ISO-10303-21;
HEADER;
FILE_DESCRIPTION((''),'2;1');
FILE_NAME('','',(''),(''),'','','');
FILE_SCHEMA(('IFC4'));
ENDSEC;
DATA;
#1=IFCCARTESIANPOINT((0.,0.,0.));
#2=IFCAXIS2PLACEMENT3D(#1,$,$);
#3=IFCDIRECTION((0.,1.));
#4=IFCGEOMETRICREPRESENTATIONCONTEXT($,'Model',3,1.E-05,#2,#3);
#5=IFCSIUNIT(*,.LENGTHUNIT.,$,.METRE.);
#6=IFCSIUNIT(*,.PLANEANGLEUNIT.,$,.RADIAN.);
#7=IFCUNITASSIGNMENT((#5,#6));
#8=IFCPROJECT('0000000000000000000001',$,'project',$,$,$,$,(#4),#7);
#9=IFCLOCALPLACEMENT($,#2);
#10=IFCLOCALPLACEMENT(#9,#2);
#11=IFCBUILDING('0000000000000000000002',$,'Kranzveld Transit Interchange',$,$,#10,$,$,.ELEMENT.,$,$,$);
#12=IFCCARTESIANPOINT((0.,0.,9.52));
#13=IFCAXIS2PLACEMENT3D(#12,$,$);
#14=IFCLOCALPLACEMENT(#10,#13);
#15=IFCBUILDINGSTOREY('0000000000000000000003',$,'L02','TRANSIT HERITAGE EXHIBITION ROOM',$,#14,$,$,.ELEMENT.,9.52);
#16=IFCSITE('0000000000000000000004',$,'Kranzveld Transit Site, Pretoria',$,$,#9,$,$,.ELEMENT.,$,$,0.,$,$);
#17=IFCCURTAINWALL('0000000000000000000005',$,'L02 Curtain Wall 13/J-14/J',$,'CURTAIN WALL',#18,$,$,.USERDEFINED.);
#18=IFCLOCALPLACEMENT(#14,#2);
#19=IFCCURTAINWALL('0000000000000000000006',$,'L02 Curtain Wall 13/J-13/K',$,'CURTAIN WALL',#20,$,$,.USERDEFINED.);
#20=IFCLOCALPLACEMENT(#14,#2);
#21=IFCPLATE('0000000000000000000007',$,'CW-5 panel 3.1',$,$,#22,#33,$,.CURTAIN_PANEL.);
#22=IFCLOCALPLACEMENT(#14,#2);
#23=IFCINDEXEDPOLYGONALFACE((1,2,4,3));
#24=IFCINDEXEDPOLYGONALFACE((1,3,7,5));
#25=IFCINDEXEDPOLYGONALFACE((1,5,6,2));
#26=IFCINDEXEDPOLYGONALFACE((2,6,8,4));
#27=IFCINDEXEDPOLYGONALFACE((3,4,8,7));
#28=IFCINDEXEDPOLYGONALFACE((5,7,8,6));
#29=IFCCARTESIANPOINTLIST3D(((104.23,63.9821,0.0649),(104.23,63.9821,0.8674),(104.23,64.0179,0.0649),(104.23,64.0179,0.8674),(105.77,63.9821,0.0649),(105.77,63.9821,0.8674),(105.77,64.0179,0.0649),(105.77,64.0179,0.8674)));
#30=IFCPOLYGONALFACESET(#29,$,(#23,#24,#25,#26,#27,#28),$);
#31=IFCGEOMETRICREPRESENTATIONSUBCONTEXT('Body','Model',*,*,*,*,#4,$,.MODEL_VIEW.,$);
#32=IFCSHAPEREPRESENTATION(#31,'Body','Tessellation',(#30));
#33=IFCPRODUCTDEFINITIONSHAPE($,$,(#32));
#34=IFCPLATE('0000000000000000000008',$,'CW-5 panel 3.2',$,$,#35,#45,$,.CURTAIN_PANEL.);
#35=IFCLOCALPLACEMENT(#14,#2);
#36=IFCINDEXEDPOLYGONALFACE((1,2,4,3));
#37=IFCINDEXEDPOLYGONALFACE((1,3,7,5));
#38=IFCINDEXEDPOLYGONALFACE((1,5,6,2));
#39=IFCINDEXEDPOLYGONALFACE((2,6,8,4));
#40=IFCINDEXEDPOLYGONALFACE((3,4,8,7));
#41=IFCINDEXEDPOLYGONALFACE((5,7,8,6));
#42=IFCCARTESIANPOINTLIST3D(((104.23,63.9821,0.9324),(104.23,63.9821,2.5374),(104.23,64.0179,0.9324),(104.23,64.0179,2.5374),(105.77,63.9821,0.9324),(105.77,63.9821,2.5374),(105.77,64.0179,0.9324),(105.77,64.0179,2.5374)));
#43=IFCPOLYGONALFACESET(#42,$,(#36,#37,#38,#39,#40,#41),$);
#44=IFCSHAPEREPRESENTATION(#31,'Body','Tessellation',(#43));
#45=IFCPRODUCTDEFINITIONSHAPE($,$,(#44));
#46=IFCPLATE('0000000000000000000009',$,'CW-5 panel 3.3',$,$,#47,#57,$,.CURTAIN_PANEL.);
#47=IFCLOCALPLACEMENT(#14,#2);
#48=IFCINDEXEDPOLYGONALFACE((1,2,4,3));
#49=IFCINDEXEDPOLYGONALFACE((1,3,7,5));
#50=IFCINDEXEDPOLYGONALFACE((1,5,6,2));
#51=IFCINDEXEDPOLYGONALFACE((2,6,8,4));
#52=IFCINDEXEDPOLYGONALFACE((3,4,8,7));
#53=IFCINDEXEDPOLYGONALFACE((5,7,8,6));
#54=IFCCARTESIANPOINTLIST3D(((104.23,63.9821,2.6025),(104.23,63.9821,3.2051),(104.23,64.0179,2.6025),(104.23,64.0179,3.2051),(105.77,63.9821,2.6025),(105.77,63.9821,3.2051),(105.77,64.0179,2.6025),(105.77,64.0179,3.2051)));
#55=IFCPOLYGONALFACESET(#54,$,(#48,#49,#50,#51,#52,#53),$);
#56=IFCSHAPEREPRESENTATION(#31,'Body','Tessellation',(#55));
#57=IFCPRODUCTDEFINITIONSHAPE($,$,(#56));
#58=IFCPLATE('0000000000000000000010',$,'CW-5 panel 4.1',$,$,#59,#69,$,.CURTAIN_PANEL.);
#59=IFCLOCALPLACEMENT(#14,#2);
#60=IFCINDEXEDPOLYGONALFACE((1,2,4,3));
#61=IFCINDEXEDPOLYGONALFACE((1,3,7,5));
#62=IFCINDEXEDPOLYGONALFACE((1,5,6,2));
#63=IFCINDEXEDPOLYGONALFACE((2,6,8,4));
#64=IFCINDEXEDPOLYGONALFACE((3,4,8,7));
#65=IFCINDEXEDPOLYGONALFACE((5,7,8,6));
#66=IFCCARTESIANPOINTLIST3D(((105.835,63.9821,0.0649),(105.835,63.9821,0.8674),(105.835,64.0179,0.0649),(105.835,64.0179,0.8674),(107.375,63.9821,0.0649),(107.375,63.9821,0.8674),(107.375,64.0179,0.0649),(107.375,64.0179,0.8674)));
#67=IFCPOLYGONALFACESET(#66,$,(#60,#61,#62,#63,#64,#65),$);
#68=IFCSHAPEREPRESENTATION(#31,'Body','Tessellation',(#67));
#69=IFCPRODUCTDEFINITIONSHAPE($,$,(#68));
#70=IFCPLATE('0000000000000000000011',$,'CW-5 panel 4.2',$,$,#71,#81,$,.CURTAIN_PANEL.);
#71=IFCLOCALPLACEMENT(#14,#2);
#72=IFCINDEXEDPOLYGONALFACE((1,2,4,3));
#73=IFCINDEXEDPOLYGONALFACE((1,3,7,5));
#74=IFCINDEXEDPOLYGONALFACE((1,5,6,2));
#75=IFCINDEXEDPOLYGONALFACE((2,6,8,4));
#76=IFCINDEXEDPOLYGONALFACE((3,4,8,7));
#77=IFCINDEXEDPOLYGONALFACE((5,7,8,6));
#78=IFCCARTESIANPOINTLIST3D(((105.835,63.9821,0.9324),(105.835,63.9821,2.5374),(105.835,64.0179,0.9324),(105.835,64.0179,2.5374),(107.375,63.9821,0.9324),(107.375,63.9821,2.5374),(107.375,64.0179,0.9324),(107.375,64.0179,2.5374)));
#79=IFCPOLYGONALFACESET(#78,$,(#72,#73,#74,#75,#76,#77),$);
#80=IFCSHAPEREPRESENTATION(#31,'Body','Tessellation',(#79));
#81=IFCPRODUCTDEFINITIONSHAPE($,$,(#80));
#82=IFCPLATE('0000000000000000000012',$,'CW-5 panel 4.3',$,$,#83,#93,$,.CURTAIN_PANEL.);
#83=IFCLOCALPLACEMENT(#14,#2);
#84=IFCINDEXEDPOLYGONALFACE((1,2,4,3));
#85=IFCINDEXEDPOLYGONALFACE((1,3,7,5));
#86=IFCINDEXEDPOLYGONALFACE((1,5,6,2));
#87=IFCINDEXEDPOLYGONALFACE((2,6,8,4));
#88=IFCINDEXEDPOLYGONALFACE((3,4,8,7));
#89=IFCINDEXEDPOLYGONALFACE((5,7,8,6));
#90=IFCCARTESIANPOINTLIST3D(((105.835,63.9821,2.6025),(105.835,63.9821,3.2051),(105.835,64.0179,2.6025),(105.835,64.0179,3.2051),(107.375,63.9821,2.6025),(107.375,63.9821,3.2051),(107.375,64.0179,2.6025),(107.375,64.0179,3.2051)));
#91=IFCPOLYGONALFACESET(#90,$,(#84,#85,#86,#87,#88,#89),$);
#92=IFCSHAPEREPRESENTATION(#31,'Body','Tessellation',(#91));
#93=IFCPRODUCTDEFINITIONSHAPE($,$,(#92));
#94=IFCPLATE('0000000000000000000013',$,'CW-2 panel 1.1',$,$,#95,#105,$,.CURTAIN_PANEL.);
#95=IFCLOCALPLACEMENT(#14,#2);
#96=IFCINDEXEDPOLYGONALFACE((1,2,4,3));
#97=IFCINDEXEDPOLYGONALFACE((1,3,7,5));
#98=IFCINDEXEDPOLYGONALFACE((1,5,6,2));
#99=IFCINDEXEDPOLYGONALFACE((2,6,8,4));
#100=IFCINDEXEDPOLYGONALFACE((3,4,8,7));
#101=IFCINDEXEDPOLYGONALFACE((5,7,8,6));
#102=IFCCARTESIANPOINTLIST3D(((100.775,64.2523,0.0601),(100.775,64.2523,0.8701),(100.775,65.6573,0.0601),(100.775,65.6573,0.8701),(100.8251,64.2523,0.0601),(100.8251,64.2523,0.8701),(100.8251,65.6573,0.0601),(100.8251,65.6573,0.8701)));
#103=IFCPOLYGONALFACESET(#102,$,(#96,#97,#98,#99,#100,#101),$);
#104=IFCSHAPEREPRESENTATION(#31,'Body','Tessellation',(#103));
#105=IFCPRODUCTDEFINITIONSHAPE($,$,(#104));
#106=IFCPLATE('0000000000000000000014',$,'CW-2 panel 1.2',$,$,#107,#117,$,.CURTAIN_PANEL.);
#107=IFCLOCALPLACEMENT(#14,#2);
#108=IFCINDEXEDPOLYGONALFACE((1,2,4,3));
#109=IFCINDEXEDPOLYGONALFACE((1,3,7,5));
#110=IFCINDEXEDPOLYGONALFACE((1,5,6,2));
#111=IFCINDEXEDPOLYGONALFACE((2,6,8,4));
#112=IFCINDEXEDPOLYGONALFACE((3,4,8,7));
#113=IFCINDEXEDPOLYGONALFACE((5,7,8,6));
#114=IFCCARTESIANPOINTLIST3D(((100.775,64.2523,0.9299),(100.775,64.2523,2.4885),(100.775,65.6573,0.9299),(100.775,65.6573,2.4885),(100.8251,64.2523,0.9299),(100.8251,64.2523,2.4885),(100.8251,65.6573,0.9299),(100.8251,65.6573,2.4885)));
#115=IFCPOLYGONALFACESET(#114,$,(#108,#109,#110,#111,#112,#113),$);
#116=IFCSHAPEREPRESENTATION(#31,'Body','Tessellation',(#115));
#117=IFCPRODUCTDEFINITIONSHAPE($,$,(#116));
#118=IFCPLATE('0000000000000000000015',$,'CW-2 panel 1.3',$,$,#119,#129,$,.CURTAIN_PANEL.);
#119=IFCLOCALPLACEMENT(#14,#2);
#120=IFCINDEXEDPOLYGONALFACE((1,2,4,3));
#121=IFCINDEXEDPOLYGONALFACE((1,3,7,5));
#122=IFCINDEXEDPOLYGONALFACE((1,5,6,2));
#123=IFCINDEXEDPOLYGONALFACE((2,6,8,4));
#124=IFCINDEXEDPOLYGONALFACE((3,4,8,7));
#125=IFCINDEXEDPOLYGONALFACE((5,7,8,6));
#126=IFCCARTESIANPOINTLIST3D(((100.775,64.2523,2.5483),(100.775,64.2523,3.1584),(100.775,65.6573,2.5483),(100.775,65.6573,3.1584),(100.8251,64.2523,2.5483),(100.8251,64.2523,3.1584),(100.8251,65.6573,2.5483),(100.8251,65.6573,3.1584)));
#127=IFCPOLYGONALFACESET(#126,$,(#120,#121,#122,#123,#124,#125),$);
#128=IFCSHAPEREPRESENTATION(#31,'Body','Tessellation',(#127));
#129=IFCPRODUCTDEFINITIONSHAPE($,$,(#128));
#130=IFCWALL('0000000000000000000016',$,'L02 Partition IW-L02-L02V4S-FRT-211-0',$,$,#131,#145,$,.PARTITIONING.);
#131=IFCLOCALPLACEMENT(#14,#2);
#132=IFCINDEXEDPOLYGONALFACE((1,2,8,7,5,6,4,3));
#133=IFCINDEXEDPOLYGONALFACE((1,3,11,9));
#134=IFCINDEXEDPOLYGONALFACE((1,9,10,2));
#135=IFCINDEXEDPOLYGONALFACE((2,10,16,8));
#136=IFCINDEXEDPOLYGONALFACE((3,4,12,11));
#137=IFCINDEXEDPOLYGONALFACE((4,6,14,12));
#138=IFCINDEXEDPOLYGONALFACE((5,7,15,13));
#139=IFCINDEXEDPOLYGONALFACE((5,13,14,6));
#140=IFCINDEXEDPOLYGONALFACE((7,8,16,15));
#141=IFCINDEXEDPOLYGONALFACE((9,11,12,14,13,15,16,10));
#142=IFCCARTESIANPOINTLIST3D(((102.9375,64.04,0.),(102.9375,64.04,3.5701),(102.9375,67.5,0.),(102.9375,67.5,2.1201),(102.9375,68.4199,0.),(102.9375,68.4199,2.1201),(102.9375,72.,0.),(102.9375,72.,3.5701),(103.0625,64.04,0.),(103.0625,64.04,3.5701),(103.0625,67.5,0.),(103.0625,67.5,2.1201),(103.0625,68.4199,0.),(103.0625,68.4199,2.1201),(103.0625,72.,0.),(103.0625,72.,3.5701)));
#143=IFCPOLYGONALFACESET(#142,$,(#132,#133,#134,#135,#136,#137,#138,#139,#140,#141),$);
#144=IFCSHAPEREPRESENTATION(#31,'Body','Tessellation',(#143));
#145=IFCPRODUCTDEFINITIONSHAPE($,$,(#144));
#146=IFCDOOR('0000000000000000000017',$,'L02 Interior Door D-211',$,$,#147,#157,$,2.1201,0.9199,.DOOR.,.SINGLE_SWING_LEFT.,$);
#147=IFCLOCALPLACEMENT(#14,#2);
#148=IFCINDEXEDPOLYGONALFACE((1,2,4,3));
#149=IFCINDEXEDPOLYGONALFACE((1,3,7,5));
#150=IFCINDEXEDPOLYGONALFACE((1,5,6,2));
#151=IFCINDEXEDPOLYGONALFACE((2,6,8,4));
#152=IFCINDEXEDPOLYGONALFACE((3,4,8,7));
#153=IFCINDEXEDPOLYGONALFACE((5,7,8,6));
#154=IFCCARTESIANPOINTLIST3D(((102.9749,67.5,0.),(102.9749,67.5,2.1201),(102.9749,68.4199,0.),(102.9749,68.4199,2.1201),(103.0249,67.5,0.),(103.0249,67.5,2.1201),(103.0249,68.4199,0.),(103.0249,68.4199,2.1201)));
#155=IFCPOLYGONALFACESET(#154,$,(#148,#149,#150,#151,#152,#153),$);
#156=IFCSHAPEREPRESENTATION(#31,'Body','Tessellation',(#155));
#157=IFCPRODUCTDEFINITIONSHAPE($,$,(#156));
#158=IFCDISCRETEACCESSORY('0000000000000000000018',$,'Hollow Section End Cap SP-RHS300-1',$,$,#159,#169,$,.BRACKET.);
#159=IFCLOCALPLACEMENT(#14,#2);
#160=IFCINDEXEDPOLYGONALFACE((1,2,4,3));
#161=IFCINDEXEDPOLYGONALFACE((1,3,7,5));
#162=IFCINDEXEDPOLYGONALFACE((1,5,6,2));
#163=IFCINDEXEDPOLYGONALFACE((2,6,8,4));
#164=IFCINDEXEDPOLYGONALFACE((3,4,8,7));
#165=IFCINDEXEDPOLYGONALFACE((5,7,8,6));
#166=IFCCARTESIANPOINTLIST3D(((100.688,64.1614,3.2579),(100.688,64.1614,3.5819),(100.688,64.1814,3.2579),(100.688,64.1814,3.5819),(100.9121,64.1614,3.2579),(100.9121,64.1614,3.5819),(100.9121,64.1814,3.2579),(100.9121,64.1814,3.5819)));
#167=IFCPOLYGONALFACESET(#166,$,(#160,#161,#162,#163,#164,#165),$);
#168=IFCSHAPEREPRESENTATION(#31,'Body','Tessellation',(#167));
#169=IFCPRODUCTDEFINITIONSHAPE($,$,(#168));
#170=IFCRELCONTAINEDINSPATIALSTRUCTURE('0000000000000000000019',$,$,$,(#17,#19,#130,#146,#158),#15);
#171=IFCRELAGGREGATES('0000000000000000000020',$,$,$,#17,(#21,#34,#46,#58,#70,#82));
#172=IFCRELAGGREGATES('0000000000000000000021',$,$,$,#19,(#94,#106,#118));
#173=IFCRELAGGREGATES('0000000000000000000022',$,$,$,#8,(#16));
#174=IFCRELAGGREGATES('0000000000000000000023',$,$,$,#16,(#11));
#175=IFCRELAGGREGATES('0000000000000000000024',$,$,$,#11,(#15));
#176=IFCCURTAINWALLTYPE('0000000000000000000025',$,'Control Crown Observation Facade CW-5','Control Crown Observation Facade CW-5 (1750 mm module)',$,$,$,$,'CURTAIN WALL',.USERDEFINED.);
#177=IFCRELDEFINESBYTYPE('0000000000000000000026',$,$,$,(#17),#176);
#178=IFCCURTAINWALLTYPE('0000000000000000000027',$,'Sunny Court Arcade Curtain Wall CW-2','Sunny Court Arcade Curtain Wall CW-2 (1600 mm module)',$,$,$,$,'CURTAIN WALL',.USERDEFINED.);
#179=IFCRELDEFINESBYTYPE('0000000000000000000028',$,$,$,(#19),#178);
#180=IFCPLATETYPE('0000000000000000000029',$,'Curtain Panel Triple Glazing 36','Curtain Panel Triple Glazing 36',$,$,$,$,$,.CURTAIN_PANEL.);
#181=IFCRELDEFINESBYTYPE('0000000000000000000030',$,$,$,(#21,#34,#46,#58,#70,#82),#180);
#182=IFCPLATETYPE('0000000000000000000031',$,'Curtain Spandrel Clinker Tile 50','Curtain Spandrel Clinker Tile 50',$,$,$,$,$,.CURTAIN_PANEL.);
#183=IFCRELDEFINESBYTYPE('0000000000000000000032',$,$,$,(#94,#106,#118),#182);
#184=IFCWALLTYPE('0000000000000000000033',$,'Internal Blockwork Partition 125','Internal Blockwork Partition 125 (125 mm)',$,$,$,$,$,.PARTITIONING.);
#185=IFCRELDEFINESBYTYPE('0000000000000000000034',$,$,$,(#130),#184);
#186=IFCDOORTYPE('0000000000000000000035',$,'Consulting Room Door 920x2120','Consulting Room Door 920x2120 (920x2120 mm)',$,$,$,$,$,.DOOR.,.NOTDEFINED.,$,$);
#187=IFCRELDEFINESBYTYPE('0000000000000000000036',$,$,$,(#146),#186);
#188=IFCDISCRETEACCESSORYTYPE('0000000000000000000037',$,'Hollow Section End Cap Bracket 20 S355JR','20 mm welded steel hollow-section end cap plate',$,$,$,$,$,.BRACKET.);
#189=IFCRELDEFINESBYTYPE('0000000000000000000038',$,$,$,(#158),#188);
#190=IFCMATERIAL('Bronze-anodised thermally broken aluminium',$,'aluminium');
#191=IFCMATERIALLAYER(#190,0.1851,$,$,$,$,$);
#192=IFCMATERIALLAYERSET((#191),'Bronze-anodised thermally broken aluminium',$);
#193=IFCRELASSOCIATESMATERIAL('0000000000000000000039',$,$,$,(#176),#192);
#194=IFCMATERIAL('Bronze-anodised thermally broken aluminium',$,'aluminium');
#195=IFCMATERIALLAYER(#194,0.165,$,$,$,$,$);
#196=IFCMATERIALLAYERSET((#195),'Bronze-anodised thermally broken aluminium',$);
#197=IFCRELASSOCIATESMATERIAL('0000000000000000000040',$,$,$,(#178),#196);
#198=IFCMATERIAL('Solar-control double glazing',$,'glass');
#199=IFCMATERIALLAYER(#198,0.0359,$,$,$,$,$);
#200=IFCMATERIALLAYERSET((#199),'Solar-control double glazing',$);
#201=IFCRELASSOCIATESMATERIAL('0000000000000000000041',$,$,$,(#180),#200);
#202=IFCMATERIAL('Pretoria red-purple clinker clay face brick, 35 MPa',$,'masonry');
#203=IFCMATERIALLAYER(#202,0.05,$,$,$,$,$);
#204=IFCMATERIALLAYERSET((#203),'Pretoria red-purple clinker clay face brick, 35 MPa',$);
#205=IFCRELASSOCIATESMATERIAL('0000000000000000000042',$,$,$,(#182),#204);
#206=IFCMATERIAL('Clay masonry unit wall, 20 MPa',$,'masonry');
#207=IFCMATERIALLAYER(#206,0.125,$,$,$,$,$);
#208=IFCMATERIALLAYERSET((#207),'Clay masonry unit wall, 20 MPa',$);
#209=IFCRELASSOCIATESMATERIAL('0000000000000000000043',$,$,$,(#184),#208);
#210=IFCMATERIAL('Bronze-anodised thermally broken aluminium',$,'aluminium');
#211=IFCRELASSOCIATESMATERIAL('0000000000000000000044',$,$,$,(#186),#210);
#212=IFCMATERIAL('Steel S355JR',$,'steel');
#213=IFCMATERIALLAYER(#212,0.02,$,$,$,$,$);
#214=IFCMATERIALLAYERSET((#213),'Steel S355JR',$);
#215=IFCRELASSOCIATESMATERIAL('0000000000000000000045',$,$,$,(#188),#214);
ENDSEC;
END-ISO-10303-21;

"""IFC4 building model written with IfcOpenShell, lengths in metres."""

from ifc_helpers import new_model, si_unit, direction, frame, frame_2d, origin, origin_2d, place, context, subcontext, project, spatial, rectangle, extrude, material, layer, layer_set, type_object, element, fill, aggregate, save


model = new_model("IFC4")

# Units and contexts
model_context = context("Model", 3, precision=1e-05, world=origin(), true_north=direction((0.0, 1.0)))
body_context = subcontext(model_context, "Body", "Model", "MODEL_VIEW")
ifc_project = project(units=[si_unit("LENGTHUNIT", "METRE"), si_unit("PLANEANGLEUNIT", "RADIAN")], contexts=[model_context])

# Site, building, storey
site_placement = place(None, origin())
site = spatial("IfcSite", under=ifc_project, at=site_placement, Name="Kranzveld Transit Site, Pretoria", CompositionType="ELEMENT", RefElevation=0.0)
building_placement = place(site_placement, origin())
building = spatial("IfcBuilding", under=site, at=building_placement, Name="Kranzveld Transit Interchange", CompositionType="ELEMENT")
storey_placement = place(building_placement, frame((0.0, 0.0, 9.52)))
storey = spatial("IfcBuildingStorey", under=building, at=storey_placement, Name="L02", Description="TRANSIT HERITAGE EXHIBITION ROOM", CompositionType="ELEMENT", Elevation=9.52)

# Curtain walls
ifc_material_1 = material(Name="Bronze-anodised thermally broken aluminium", Category="aluminium")
ifc_layer_1 = layer(ifc_material_1, 0.1851)
ifc_layer_set_1 = layer_set([ifc_layer_1], Name="Bronze-anodised thermally broken aluminium")
curtain_wall_type_1 = type_object("IfcCurtainWallType", Name="Control Crown Observation Facade CW-5", Description="Control Crown Observation Facade CW-5 (1750 mm module)", ElementType="CURTAIN WALL", PredefinedType="USERDEFINED", material=ifc_layer_set_1)
curtain_wall_1_placement = place(storey_placement, origin())
curtain_wall_1 = element("IfcCurtainWall", 1, at=curtain_wall_1_placement, inside=storey, type_object=curtain_wall_type_1, Name="L02 Curtain Wall 13/J-14/J", ObjectType="CURTAIN WALL", PredefinedType="USERDEFINED")
ifc_material_2 = material(Name="Bronze-anodised thermally broken aluminium", Category="aluminium")
ifc_layer_2 = layer(ifc_material_2, 0.165)
ifc_layer_set_2 = layer_set([ifc_layer_2], Name="Bronze-anodised thermally broken aluminium")
curtain_wall_type_2 = type_object("IfcCurtainWallType", Name="Sunny Court Arcade Curtain Wall CW-2", Description="Sunny Court Arcade Curtain Wall CW-2 (1600 mm module)", ElementType="CURTAIN WALL", PredefinedType="USERDEFINED", material=ifc_layer_set_2)
curtain_wall_2_placement = place(storey_placement, origin())
curtain_wall_2 = element("IfcCurtainWall", 2, at=curtain_wall_2_placement, inside=storey, type_object=curtain_wall_type_2, Name="L02 Curtain Wall 13/J-13/K", ObjectType="CURTAIN WALL", PredefinedType="USERDEFINED")

# Plates
ifc_material_3 = material(Name="Solar-control double glazing", Category="glass")
ifc_layer_3 = layer(ifc_material_3, 0.0359)
ifc_layer_set_3 = layer_set([ifc_layer_3], Name="Solar-control double glazing")
plate_type_1 = type_object("IfcPlateType", Name="Curtain Panel Triple Glazing 36", Description="Curtain Panel Triple Glazing 36", PredefinedType="CURTAIN_PANEL", material=ifc_layer_set_3)
plate_1_placement = place(storey_placement, frame((105.0, 64.0, 0.0649), z_axis=(0.0, 0.0, 1.0), x_axis=(1.0, 0.0, 0.0)))
plate_1 = element("IfcPlate", 3, at=plate_1_placement, type_object=plate_type_1, Name="CW-5 panel 3.1", PredefinedType="CURTAIN_PANEL", context=body_context, shape_type="SweptSolid", body=[
    extrude(rectangle(XDim=1.54, YDim=0.0359, at=origin_2d()), origin(), (0.0, 0.0, 1.0), 0.8025),
])
plate_2_placement = place(storey_placement, frame((105.0, 64.0, 0.9324), z_axis=(0.0, 0.0, 1.0), x_axis=(1.0, 0.0, 0.0)))
plate_2 = element("IfcPlate", 4, at=plate_2_placement, type_object=plate_type_1, Name="CW-5 panel 3.2", PredefinedType="CURTAIN_PANEL", context=body_context, shape_type="SweptSolid", body=[
    extrude(rectangle(XDim=1.54, YDim=0.0359, at=origin_2d()), origin(), (0.0, 0.0, 1.0), 1.605),
])
plate_3_placement = place(storey_placement, frame((105.0, 64.0, 2.6025), z_axis=(0.0, 0.0, 1.0), x_axis=(1.0, 0.0, 0.0)))
plate_3 = element("IfcPlate", 5, at=plate_3_placement, type_object=plate_type_1, Name="CW-5 panel 3.3", PredefinedType="CURTAIN_PANEL", context=body_context, shape_type="SweptSolid", body=[
    extrude(rectangle(XDim=1.54, YDim=0.0359, at=origin_2d()), origin(), (0.0, 0.0, 1.0), 0.6025),
])
plate_4_placement = place(storey_placement, frame((106.605, 64.0, 0.0649), z_axis=(0.0, 0.0, 1.0), x_axis=(1.0, 0.0, 0.0)))
plate_4 = element("IfcPlate", 6, at=plate_4_placement, type_object=plate_type_1, Name="CW-5 panel 4.1", PredefinedType="CURTAIN_PANEL", context=body_context, shape_type="SweptSolid", body=[
    extrude(rectangle(XDim=1.54, YDim=0.0359, at=origin_2d()), origin(), (0.0, 0.0, 1.0), 0.8025),
])
plate_5_placement = place(storey_placement, frame((106.605, 64.0, 0.9324), z_axis=(0.0, 0.0, 1.0), x_axis=(1.0, 0.0, 0.0)))
plate_5 = element("IfcPlate", 7, at=plate_5_placement, type_object=plate_type_1, Name="CW-5 panel 4.2", PredefinedType="CURTAIN_PANEL", context=body_context, shape_type="SweptSolid", body=[
    extrude(rectangle(XDim=1.54, YDim=0.0359, at=origin_2d()), origin(), (0.0, 0.0, 1.0), 1.605),
])
plate_6_placement = place(storey_placement, frame((106.605, 64.0, 2.6025), z_axis=(0.0, 0.0, 1.0), x_axis=(1.0, 0.0, 0.0)))
plate_6 = element("IfcPlate", 8, at=plate_6_placement, type_object=plate_type_1, Name="CW-5 panel 4.3", PredefinedType="CURTAIN_PANEL", context=body_context, shape_type="SweptSolid", body=[
    extrude(rectangle(XDim=1.54, YDim=0.0359, at=origin_2d()), origin(), (0.0, 0.0, 1.0), 0.6025),
])
aggregate(curtain_wall_1, [plate_1, plate_2, plate_3, plate_4, plate_5, plate_6])
ifc_material_4 = material(Name="Pretoria red-purple clinker clay face brick, 35 MPa", Category="masonry")
ifc_layer_4 = layer(ifc_material_4, 0.05)
ifc_layer_set_4 = layer_set([ifc_layer_4], Name="Pretoria red-purple clinker clay face brick, 35 MPa")
plate_type_2 = type_object("IfcPlateType", Name="Curtain Spandrel Clinker Tile 50", Description="Curtain Spandrel Clinker Tile 50", PredefinedType="CURTAIN_PANEL", material=ifc_layer_set_4)
plate_7_placement = place(storey_placement, frame((100.8, 64.9548, 0.0601), z_axis=(0.0, 0.0, 1.0), x_axis=(0.0, 1.0, 0.0)))
plate_7 = element("IfcPlate", 9, at=plate_7_placement, type_object=plate_type_2, Name="CW-2 panel 1.1", PredefinedType="CURTAIN_PANEL", context=body_context, shape_type="SweptSolid", body=[
    extrude(rectangle(XDim=1.405, YDim=0.05, at=origin_2d()), origin(), (0.0, 0.0, 1.0), 0.8101),
])
plate_8_placement = place(storey_placement, frame((100.8, 64.9548, 0.9299), z_axis=(0.0, 0.0, 1.0), x_axis=(0.0, 1.0, 0.0)))
plate_8 = element("IfcPlate", 10, at=plate_8_placement, type_object=plate_type_2, Name="CW-2 panel 1.2", PredefinedType="CURTAIN_PANEL", context=body_context, shape_type="SweptSolid", body=[
    extrude(rectangle(XDim=1.405, YDim=0.05, at=origin_2d()), origin(), (0.0, 0.0, 1.0), 1.5586),
])
plate_9_placement = place(storey_placement, frame((100.8, 64.9548, 2.5483), z_axis=(0.0, 0.0, 1.0), x_axis=(0.0, 1.0, 0.0)))
plate_9 = element("IfcPlate", 11, at=plate_9_placement, type_object=plate_type_2, Name="CW-2 panel 1.3", PredefinedType="CURTAIN_PANEL", context=body_context, shape_type="SweptSolid", body=[
    extrude(rectangle(XDim=1.405, YDim=0.05, at=origin_2d()), origin(), (0.0, 0.0, 1.0), 0.6101),
])
aggregate(curtain_wall_2, [plate_7, plate_8, plate_9])

# Wall, opening, door
ifc_material_5 = material(Name="Clay masonry unit wall, 20 MPa", Category="masonry")
ifc_layer_5 = layer(ifc_material_5, 0.125)
ifc_layer_set_5 = layer_set([ifc_layer_5], Name="Clay masonry unit wall, 20 MPa")
wall_type = type_object("IfcWallType", Name="Internal Blockwork Partition 125", Description="Internal Blockwork Partition 125 (125 mm)", PredefinedType="PARTITIONING", material=ifc_layer_set_5)
wall_placement = place(storey_placement, frame((103.0, 64.04, 0.0), z_axis=(0.0, 0.0, 1.0), x_axis=(0.0, 1.0, 0.0)))
wall = element("IfcWall", 12, at=wall_placement, inside=storey, type_object=wall_type, Name="L02 Partition IW-L02-L02V4S-FRT-211-0", PredefinedType="PARTITIONING", context=body_context, shape_type="SweptSolid", body=[
    extrude(rectangle(XDim=7.96, YDim=0.125, at=frame_2d((3.98, 0.0))), origin(), (0.0, 0.0, 1.0), 3.5701),
])
opening_placement = place(wall_placement, frame((4.3799, 0.0, 0.0), z_axis=(0.0, 0.0, 1.0), x_axis=(-1.0, 0.0, 0.0)))
opening = element("IfcOpeningElement", 13, at=opening_placement, cuts=wall, PredefinedType="OPENING", context=body_context, shape_type="SweptSolid", body=[
    extrude(rectangle(XDim=0.9199, YDim=2.1201, at=frame_2d((0.46, 1.0601))), frame((0.0, 0.0725, 0.0), z_axis=(0.0, -1.0, 0.0), x_axis=(1.0, 0.0, 0.0)), (0.0, 0.0, 1.0), 0.145),
])
ifc_material_6 = material(Name="Bronze-anodised thermally broken aluminium", Category="aluminium")
door_type = type_object("IfcDoorType", Name="Consulting Room Door 920x2120", Description="Consulting Room Door 920x2120 (920x2120 mm)", OperationType="NOTDEFINED", PredefinedType="DOOR", material=ifc_material_6)
door_placement = place(opening_placement, origin())
door = element("IfcDoor", 14, at=door_placement, inside=storey, type_object=door_type, Name="L02 Interior Door D-211", OperationType="SINGLE_SWING_LEFT", OverallHeight=2.1201, OverallWidth=0.9199, PredefinedType="DOOR", context=body_context, shape_type="SweptSolid", body=[
    extrude(rectangle(XDim=0.9199, YDim=2.1201, at=frame_2d((0.46, 1.0601))), frame((0.0, 0.0249, 0.0), z_axis=(0.0, -1.0, 0.0), x_axis=(1.0, 0.0, 0.0)), (0.0, 0.0, 1.0), 0.05),
])
fill(opening, door)

# Discrete accessory
ifc_material_7 = material(Name="Steel S355JR", Category="steel")
ifc_layer_6 = layer(ifc_material_7, 0.02)
ifc_layer_set_6 = layer_set([ifc_layer_6], Name="Steel S355JR")
discrete_accessory_type = type_object("IfcDiscreteAccessoryType", Name="Hollow Section End Cap Bracket 20 S355JR", Description="20 mm welded steel hollow-section end cap plate", PredefinedType="BRACKET", material=ifc_layer_set_6)
discrete_accessory_placement = place(storey_placement, frame((100.8, 64.1814, 3.4199), z_axis=(0.0, -1.0, 0.0), x_axis=(1.0, 0.0, 0.0)))
element("IfcDiscreteAccessory", 15, at=discrete_accessory_placement, inside=storey, type_object=discrete_accessory_type, Name="Hollow Section End Cap SP-RHS300-1", PredefinedType="BRACKET", context=body_context, shape_type="SweptSolid", body=[
    extrude(rectangle(XDim=0.2241, YDim=0.324, at=origin_2d()), origin(), (0.0, 0.0, 1.0), 0.02),
])

save(model, "model.ifc")
